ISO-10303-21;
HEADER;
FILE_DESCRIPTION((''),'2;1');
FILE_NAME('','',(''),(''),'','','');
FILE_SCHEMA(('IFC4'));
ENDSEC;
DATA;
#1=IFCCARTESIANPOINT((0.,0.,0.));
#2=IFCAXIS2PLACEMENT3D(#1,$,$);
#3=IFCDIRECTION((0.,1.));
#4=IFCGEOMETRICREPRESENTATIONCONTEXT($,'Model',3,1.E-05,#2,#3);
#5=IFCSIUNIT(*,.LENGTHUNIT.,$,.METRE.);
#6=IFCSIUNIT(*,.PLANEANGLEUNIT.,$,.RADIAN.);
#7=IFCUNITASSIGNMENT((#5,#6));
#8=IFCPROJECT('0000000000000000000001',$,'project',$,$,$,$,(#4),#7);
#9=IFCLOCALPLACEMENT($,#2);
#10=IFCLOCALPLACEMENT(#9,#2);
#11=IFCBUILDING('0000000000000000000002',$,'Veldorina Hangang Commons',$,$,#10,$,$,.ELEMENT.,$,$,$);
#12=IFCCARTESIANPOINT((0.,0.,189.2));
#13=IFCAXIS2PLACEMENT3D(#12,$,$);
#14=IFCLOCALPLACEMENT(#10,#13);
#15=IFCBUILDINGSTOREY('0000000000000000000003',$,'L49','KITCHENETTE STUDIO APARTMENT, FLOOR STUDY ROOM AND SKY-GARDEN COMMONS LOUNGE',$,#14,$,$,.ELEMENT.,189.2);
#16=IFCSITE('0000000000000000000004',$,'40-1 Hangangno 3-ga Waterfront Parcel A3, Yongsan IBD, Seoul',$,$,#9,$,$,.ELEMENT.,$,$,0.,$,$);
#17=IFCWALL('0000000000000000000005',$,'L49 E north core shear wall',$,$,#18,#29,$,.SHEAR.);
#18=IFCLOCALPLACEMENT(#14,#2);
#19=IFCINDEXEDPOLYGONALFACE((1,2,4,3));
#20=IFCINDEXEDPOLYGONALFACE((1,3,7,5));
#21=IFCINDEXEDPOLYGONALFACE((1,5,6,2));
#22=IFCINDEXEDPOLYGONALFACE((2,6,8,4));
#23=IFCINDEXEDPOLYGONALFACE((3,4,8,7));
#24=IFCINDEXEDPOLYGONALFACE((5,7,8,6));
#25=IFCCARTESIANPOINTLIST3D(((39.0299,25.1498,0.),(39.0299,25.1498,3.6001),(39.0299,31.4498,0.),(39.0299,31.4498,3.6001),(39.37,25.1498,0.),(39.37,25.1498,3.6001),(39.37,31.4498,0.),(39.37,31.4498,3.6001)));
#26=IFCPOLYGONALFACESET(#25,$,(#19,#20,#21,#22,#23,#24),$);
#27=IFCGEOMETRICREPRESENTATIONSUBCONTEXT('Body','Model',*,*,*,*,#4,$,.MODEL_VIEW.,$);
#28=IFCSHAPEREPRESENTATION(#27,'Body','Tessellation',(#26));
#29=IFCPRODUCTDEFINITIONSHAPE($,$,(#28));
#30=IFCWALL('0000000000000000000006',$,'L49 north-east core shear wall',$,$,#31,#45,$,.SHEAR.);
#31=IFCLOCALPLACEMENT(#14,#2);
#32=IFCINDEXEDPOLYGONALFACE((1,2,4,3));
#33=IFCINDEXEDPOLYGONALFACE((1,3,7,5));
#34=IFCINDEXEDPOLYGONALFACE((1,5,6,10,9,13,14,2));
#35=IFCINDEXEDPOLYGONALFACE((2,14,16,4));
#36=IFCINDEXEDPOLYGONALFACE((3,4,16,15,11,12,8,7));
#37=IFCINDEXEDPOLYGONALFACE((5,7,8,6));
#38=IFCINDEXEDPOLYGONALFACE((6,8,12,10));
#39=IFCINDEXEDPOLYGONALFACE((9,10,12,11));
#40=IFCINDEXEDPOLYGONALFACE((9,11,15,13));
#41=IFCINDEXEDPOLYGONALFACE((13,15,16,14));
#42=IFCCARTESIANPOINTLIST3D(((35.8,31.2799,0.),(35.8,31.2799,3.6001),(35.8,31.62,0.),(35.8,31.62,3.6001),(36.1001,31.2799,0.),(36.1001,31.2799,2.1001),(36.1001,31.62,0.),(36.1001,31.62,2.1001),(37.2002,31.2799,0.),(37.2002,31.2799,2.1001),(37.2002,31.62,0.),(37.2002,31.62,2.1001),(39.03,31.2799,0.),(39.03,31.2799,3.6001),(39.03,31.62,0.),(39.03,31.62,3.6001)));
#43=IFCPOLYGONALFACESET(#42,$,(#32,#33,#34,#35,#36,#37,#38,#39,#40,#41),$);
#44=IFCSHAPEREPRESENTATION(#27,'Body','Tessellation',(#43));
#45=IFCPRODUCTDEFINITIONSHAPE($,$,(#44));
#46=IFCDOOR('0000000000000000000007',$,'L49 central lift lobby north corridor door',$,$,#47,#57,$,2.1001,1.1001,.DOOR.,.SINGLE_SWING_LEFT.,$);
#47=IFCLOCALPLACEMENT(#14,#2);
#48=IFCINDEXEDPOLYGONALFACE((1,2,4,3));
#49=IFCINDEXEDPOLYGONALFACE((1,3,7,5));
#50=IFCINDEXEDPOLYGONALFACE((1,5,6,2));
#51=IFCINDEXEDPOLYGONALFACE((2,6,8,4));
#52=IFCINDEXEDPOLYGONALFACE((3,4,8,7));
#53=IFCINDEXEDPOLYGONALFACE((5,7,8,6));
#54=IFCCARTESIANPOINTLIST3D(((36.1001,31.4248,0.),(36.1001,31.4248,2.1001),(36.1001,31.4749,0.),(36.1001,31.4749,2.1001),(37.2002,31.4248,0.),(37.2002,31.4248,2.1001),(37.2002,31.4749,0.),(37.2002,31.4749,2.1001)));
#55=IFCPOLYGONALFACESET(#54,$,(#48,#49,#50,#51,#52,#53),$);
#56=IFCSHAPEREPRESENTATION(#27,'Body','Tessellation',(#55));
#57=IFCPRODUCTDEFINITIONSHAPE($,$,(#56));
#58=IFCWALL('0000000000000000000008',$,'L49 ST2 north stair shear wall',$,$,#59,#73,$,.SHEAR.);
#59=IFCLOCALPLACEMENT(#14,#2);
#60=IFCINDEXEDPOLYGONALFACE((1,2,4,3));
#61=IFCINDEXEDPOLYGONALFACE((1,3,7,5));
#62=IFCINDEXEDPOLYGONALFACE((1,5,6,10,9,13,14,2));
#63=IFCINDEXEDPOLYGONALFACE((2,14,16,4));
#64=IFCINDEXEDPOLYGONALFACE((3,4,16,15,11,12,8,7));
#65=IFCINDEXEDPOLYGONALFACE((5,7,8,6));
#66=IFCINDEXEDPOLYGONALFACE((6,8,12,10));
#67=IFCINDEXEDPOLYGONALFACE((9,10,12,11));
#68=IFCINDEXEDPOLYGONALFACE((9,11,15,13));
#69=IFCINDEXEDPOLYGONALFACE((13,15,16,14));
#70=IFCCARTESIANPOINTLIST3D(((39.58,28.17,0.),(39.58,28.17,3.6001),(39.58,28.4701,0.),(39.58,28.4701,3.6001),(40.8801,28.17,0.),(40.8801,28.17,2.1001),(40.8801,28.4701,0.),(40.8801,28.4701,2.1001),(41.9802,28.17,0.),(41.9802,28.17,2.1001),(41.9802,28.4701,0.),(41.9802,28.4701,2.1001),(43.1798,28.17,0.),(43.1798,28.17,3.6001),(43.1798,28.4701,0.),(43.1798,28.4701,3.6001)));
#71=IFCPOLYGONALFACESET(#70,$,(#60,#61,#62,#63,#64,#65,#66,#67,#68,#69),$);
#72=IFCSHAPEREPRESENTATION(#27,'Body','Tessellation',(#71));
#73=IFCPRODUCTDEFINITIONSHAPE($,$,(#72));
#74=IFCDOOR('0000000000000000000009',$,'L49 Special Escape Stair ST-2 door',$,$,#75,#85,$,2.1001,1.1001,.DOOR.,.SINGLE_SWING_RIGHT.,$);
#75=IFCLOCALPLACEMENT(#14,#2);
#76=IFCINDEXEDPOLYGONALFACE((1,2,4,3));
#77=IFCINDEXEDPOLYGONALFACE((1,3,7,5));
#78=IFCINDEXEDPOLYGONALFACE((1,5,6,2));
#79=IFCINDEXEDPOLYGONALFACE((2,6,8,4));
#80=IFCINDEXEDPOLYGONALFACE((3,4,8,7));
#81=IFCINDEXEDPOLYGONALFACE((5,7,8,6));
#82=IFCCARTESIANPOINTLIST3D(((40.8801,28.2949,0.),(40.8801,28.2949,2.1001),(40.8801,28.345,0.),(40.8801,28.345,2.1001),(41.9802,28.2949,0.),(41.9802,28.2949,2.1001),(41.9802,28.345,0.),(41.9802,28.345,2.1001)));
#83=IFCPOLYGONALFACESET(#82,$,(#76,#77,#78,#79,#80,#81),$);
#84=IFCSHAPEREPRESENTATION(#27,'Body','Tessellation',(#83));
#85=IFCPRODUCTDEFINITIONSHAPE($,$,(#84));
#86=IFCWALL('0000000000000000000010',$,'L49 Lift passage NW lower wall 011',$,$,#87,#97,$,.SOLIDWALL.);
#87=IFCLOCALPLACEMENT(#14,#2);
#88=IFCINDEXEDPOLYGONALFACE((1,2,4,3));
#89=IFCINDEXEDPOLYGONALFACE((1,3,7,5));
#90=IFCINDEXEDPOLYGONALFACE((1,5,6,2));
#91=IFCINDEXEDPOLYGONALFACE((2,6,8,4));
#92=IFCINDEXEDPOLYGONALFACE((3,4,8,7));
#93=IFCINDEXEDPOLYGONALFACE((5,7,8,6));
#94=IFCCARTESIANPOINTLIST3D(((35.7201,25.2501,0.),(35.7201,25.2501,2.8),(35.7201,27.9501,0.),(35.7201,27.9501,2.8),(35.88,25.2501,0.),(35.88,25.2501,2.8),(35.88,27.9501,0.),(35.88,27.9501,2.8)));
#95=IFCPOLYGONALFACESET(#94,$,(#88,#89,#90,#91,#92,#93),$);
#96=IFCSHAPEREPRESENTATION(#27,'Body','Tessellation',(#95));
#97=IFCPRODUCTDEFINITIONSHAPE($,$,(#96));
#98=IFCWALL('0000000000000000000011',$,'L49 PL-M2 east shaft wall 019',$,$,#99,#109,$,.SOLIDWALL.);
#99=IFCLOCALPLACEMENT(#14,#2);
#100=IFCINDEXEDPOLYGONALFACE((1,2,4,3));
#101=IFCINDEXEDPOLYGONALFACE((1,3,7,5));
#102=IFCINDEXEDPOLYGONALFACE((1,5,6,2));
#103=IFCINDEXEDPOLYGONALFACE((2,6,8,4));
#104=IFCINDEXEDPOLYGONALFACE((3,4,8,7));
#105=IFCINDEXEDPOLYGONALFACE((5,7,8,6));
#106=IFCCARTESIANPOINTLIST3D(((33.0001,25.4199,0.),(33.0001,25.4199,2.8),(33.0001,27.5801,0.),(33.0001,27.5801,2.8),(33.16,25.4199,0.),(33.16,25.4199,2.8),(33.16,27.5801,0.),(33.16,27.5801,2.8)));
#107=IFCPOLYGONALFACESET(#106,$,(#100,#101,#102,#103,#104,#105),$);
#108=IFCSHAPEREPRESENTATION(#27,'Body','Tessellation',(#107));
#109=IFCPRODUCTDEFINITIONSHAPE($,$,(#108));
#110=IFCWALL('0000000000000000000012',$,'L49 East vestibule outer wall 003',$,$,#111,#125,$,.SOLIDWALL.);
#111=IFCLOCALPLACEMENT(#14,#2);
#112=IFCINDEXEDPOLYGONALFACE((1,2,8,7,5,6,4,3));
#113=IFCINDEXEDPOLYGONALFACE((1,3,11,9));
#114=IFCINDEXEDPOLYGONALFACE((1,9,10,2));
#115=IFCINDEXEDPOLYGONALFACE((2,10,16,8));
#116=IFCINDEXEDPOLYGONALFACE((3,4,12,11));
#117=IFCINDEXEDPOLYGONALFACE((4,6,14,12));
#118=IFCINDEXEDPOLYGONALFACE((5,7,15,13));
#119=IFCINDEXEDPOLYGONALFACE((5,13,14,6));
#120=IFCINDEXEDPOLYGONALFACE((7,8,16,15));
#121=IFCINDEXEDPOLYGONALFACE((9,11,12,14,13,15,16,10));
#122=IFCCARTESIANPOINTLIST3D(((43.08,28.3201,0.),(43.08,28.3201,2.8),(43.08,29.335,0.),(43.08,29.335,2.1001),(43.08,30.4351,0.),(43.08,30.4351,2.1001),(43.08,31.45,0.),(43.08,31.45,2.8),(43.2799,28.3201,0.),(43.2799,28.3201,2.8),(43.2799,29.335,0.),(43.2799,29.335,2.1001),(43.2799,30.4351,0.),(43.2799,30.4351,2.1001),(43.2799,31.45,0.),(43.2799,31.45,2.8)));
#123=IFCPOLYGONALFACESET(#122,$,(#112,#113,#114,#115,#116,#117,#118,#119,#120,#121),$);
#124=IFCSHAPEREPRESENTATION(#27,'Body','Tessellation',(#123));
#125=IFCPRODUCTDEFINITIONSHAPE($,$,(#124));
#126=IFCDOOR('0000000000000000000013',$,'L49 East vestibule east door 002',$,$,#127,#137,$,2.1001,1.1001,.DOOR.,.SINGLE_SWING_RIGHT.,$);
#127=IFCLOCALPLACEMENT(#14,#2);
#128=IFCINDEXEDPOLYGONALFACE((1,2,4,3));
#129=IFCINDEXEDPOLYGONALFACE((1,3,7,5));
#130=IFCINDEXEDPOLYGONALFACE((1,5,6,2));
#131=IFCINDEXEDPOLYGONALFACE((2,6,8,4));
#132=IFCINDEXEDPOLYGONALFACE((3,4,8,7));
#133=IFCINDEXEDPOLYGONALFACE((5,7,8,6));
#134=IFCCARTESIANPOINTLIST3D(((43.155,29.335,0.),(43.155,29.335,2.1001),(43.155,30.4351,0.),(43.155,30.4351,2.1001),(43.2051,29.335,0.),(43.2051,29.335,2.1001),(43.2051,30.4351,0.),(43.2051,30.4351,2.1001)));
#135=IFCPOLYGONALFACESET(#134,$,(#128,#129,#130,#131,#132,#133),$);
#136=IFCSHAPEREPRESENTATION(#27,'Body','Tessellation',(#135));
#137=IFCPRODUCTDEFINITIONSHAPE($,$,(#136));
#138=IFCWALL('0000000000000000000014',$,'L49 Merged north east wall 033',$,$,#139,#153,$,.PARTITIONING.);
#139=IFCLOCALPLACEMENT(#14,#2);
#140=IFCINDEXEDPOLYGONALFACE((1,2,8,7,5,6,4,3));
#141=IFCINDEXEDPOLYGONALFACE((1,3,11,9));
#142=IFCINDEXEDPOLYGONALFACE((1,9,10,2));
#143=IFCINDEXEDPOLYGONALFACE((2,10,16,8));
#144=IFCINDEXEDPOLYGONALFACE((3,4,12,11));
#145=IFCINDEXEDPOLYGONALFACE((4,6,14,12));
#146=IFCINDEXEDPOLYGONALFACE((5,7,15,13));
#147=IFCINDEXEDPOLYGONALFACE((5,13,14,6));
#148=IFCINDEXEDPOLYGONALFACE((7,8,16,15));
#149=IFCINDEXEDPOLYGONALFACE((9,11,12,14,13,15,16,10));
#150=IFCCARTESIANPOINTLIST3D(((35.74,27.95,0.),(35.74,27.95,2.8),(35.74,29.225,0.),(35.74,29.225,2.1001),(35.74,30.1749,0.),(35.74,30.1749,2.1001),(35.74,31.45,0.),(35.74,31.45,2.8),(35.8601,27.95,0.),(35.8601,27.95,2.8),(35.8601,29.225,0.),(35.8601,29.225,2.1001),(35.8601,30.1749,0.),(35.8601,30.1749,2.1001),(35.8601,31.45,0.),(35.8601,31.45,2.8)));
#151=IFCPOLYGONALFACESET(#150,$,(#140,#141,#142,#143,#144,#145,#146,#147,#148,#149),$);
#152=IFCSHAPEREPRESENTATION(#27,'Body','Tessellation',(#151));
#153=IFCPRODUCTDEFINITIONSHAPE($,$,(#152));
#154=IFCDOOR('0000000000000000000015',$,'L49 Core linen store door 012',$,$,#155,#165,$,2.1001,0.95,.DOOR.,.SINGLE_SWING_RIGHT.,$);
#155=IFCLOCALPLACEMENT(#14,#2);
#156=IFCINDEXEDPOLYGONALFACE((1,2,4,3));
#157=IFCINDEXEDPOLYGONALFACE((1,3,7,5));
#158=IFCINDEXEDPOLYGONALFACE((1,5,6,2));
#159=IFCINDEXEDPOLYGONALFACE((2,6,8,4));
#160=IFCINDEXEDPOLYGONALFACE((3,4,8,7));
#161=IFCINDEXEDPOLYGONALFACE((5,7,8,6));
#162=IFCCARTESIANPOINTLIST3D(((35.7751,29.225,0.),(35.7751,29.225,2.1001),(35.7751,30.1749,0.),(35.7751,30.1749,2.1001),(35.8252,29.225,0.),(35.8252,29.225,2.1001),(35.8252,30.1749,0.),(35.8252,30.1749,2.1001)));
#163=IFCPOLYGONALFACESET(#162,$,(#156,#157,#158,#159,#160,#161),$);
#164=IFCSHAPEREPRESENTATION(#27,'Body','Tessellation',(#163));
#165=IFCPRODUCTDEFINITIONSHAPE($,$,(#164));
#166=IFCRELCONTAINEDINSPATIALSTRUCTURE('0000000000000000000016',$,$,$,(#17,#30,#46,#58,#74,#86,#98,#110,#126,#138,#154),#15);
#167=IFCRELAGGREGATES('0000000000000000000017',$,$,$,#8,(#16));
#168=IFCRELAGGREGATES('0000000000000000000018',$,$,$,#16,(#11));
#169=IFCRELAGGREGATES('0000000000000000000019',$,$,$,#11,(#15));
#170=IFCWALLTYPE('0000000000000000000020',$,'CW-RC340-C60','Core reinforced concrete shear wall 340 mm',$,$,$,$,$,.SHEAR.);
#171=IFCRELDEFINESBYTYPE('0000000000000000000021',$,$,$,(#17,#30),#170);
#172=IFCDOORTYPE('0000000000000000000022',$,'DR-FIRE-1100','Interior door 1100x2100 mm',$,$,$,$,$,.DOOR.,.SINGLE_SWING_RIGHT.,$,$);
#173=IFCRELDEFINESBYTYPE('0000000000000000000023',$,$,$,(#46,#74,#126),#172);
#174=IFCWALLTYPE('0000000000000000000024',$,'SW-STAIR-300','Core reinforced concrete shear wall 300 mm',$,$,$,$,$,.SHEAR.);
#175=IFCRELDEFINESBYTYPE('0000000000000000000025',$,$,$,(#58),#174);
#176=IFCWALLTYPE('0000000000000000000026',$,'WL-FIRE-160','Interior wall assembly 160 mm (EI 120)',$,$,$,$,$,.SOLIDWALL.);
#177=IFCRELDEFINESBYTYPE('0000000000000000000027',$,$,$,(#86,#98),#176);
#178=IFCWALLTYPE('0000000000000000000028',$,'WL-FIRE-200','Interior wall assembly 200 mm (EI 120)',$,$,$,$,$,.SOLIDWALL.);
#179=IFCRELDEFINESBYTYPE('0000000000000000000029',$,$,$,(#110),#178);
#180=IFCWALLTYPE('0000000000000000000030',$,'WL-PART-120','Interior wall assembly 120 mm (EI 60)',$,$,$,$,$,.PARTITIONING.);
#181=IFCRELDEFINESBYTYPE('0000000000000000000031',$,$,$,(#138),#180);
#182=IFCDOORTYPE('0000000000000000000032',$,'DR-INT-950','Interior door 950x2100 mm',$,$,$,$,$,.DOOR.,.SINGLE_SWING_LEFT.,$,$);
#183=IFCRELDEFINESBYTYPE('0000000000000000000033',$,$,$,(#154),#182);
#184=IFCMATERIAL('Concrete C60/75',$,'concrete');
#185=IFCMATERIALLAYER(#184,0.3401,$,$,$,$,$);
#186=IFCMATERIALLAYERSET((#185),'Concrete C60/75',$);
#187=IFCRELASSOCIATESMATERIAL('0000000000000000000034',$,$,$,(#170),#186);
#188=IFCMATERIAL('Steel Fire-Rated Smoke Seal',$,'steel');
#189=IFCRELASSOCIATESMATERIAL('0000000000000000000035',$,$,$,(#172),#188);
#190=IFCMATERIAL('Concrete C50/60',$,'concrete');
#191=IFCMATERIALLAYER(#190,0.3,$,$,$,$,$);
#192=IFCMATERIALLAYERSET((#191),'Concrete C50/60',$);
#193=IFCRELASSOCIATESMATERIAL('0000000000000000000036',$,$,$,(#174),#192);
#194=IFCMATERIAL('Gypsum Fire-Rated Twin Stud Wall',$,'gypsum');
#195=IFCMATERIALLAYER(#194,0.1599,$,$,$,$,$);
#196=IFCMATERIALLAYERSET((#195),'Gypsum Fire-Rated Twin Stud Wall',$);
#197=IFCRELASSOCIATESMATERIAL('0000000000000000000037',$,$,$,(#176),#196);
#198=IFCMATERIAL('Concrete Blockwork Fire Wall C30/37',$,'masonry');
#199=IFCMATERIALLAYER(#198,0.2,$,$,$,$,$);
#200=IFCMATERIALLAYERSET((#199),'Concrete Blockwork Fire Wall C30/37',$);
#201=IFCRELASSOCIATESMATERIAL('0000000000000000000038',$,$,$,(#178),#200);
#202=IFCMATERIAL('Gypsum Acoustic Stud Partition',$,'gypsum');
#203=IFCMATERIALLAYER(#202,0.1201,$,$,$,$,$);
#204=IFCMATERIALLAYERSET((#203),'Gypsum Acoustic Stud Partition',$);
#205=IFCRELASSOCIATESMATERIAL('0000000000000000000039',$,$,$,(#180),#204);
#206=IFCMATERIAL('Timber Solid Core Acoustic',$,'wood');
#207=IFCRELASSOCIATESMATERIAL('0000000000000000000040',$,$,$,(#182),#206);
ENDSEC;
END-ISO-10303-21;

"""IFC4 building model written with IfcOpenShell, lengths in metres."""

from ifc_helpers import new_model, si_unit, direction, frame, frame_2d, origin, place, context, subcontext, project, spatial, rectangle, extrude, material, layer, layer_set, type_object, element, fill, save


model = new_model("IFC4")

# Units and contexts
model_context = context("Model", 3, precision=1e-05, world=origin(), true_north=direction((0.0, 1.0)))
body_context = subcontext(model_context, "Body", "Model", "MODEL_VIEW")
ifc_project = project(units=[si_unit("LENGTHUNIT", "METRE"), si_unit("PLANEANGLEUNIT", "RADIAN")], contexts=[model_context])

# Site, building, storey
site_placement = place(None, origin())
site = spatial("IfcSite", under=ifc_project, at=site_placement, Name="40-1 Hangangno 3-ga Waterfront Parcel A3, Yongsan IBD, Seoul", CompositionType="ELEMENT", RefElevation=0.0)
building_placement = place(site_placement, origin())
building = spatial("IfcBuilding", under=site, at=building_placement, Name="Veldorina Hangang Commons", CompositionType="ELEMENT")
storey_placement = place(building_placement, frame((0.0, 0.0, 189.2)))
storey = spatial("IfcBuildingStorey", under=building, at=storey_placement, Name="L49", Description="KITCHENETTE STUDIO APARTMENT, FLOOR STUDY ROOM AND SKY-GARDEN COMMONS LOUNGE", CompositionType="ELEMENT", Elevation=189.2)

# Wall
ifc_material_1 = material(Name="Concrete C60/75", Category="concrete")
ifc_layer_1 = layer(ifc_material_1, 0.3401)
ifc_layer_set_1 = layer_set([ifc_layer_1], Name="Concrete C60/75")
wall_type_1 = type_object("IfcWallType", Name="CW-RC340-C60", Description="Core reinforced concrete shear wall 340 mm", PredefinedType="SHEAR", material=ifc_layer_set_1)
wall_1_placement = place(storey_placement, frame((39.2, 25.1499, 0.0), z_axis=(0.0, 0.0, 1.0), x_axis=(0.0, 1.0, 0.0)))
element("IfcWall", 1, at=wall_1_placement, inside=storey, type_object=wall_type_1, Name="L49 E north core shear wall", PredefinedType="SHEAR", context=body_context, shape_type="SweptSolid", body=[
    extrude(rectangle(XDim=6.3, YDim=0.3401, at=frame_2d((3.1499, 0.0))), origin(), (0.0, 0.0, 1.0), 3.6001),
])

# Walls, openings, doors
wall_2_placement = place(storey_placement, frame((35.8, 31.45, 0.0), z_axis=(0.0, 0.0, 1.0), x_axis=(1.0, 0.0, 0.0)))
wall_2 = element("IfcWall", 2, at=wall_2_placement, inside=storey, type_object=wall_type_1, Name="L49 north-east core shear wall", PredefinedType="SHEAR", context=body_context, shape_type="SweptSolid", body=[
    extrude(rectangle(XDim=3.23, YDim=0.3401, at=frame_2d((1.615, 0.0))), origin(), (0.0, 0.0, 1.0), 3.6001),
])
opening_1_placement = place(wall_2_placement, frame((0.3, 0.0, 0.0)))
opening_1 = element("IfcOpeningElement", 3, at=opening_1_placement, cuts=wall_2, PredefinedType="OPENING", context=body_context, shape_type="SweptSolid", body=[
    extrude(rectangle(XDim=1.1001, YDim=2.1001, at=frame_2d((0.55, 1.05))), frame((0.0, 0.1802, 0.0), z_axis=(0.0, -1.0, 0.0), x_axis=(1.0, 0.0, 0.0)), (0.0, 0.0, 1.0), 0.3601),
])
ifc_material_2 = material(Name="Steel Fire-Rated Smoke Seal", Category="steel")
door_type_1 = type_object("IfcDoorType", Name="DR-FIRE-1100", Description="Interior door 1100x2100 mm", OperationType="SINGLE_SWING_RIGHT", PredefinedType="DOOR", material=ifc_material_2)
door_1_placement = place(opening_1_placement, origin())
door_1 = element("IfcDoor", 4, at=door_1_placement, inside=storey, type_object=door_type_1, Name="L49 central lift lobby north corridor door", OperationType="SINGLE_SWING_LEFT", OverallHeight=2.1001, OverallWidth=1.1001, PredefinedType="DOOR", context=body_context, shape_type="SweptSolid", body=[
    extrude(rectangle(XDim=1.1001, YDim=2.1001, at=frame_2d((0.55, 1.05))), frame((0.0, 0.0249, 0.0), z_axis=(0.0, -1.0, 0.0), x_axis=(1.0, 0.0, 0.0)), (0.0, 0.0, 1.0), 0.05),
])
fill(opening_1, door_1)
ifc_material_3 = material(Name="Concrete C50/60", Category="concrete")
ifc_layer_2 = layer(ifc_material_3, 0.3)
ifc_layer_set_2 = layer_set([ifc_layer_2], Name="Concrete C50/60")
wall_type_2 = type_object("IfcWallType", Name="SW-STAIR-300", Description="Core reinforced concrete shear wall 300 mm", PredefinedType="SHEAR", material=ifc_layer_set_2)
wall_3_placement = place(storey_placement, frame((39.5801, 28.3201, 0.0), z_axis=(0.0, 0.0, 1.0), x_axis=(1.0, 0.0, 0.0)))
wall_3 = element("IfcWall", 5, at=wall_3_placement, inside=storey, type_object=wall_type_2, Name="L49 ST2 north stair shear wall", PredefinedType="SHEAR", context=body_context, shape_type="SweptSolid", body=[
    extrude(rectangle(XDim=3.5999, YDim=0.3, at=frame_2d((1.7998, 0.0))), origin(), (0.0, 0.0, 1.0), 3.6001),
])
opening_2_placement = place(wall_3_placement, frame((1.3, 0.0, 0.0)))
opening_2 = element("IfcOpeningElement", 6, at=opening_2_placement, cuts=wall_3, PredefinedType="OPENING", context=body_context, shape_type="SweptSolid", body=[
    extrude(rectangle(XDim=1.1001, YDim=2.1001, at=frame_2d((0.55, 1.05))), frame((0.0, 0.1602, 0.0), z_axis=(0.0, -1.0, 0.0), x_axis=(1.0, 0.0, 0.0)), (0.0, 0.0, 1.0), 0.3201),
])
door_2_placement = place(opening_2_placement, origin())
door_2 = element("IfcDoor", 7, at=door_2_placement, inside=storey, type_object=door_type_1, Name="L49 Special Escape Stair ST-2 door", OperationType="SINGLE_SWING_RIGHT", OverallHeight=2.1001, OverallWidth=1.1001, PredefinedType="DOOR", context=body_context, shape_type="SweptSolid", body=[
    extrude(rectangle(XDim=1.1001, YDim=2.1001, at=frame_2d((0.55, 1.05))), frame((0.0, 0.0249, 0.0), z_axis=(0.0, -1.0, 0.0), x_axis=(1.0, 0.0, 0.0)), (0.0, 0.0, 1.0), 0.05),
])
fill(opening_2, door_2)

# Walls
ifc_material_4 = material(Name="Gypsum Fire-Rated Twin Stud Wall", Category="gypsum")
ifc_layer_3 = layer(ifc_material_4, 0.1599)
ifc_layer_set_3 = layer_set([ifc_layer_3], Name="Gypsum Fire-Rated Twin Stud Wall")
wall_type_3 = type_object("IfcWallType", Name="WL-FIRE-160", Description="Interior wall assembly 160 mm (EI 120)", PredefinedType="SOLIDWALL", material=ifc_layer_set_3)
wall_4_placement = place(storey_placement, frame((35.8, 25.25, 0.0), z_axis=(0.0, 0.0, 1.0), x_axis=(0.0, 1.0, 0.0)))
element("IfcWall", 8, at=wall_4_placement, inside=storey, type_object=wall_type_3, Name="L49 Lift passage NW lower wall 011", PredefinedType="SOLIDWALL", context=body_context, shape_type="SweptSolid", body=[
    extrude(rectangle(XDim=2.7, YDim=0.1599, at=frame_2d((1.3501, 0.0))), origin(), (0.0, 0.0, 1.0), 2.8),
])
wall_5_placement = place(storey_placement, frame((33.0801, 25.4199, 0.0), z_axis=(0.0, 0.0, 1.0), x_axis=(0.0, 1.0, 0.0)))
element("IfcWall", 9, at=wall_5_placement, inside=storey, type_object=wall_type_3, Name="L49 PL-M2 east shaft wall 019", PredefinedType="SOLIDWALL", context=body_context, shape_type="SweptSolid", body=[
    extrude(rectangle(XDim=2.1602, YDim=0.1599, at=frame_2d((1.0801, 0.0))), origin(), (0.0, 0.0, 1.0), 2.8),
])

# Walls, openings, doors
ifc_material_5 = material(Name="Concrete Blockwork Fire Wall C30/37", Category="masonry")
ifc_layer_4 = layer(ifc_material_5, 0.2)
ifc_layer_set_4 = layer_set([ifc_layer_4], Name="Concrete Blockwork Fire Wall C30/37")
wall_type_4 = type_object("IfcWallType", Name="WL-FIRE-200", Description="Interior wall assembly 200 mm (EI 120)", PredefinedType="SOLIDWALL", material=ifc_layer_set_4)
wall_6_placement = place(storey_placement, frame((43.1799, 28.3201, 0.0), z_axis=(0.0, 0.0, 1.0), x_axis=(0.0, 1.0, 0.0)))
wall_6 = element("IfcWall", 10, at=wall_6_placement, inside=storey, type_object=wall_type_4, Name="L49 East vestibule outer wall 003", PredefinedType="SOLIDWALL", context=body_context, shape_type="SweptSolid", body=[
    extrude(rectangle(XDim=3.1299, YDim=0.2, at=frame_2d((1.5649, 0.0))), origin(), (0.0, 0.0, 1.0), 2.8),
])
opening_3_placement = place(wall_6_placement, frame((1.0149, 0.0, 0.0)))
opening_3 = element("IfcOpeningElement", 11, at=opening_3_placement, cuts=wall_6, PredefinedType="OPENING", context=body_context, shape_type="SweptSolid", body=[
    extrude(rectangle(XDim=1.1001, YDim=2.1001, at=frame_2d((0.55, 1.05))), frame((0.0, 0.1099, 0.0), z_axis=(0.0, -1.0, 0.0), x_axis=(1.0, 0.0, 0.0)), (0.0, 0.0, 1.0), 0.22),
])
door_3_placement = place(opening_3_placement, origin())
door_3 = element("IfcDoor", 12, at=door_3_placement, inside=storey, type_object=door_type_1, Name="L49 East vestibule east door 002", OperationType="SINGLE_SWING_RIGHT", OverallHeight=2.1001, OverallWidth=1.1001, PredefinedType="DOOR", context=body_context, shape_type="SweptSolid", body=[
    extrude(rectangle(XDim=1.1001, YDim=2.1001, at=frame_2d((0.55, 1.05))), frame((0.0, 0.0249, 0.0), z_axis=(0.0, -1.0, 0.0), x_axis=(1.0, 0.0, 0.0)), (0.0, 0.0, 1.0), 0.05),
])
fill(opening_3, door_3)
ifc_material_6 = material(Name="Gypsum Acoustic Stud Partition", Category="gypsum")
ifc_layer_5 = layer(ifc_material_6, 0.1201)
ifc_layer_set_5 = layer_set([ifc_layer_5], Name="Gypsum Acoustic Stud Partition")
wall_type_5 = type_object("IfcWallType", Name="WL-PART-120", Description="Interior wall assembly 120 mm (EI 60)", PredefinedType="PARTITIONING", material=ifc_layer_set_5)
wall_7_placement = place(storey_placement, frame((35.8, 27.95, 0.0), z_axis=(0.0, 0.0, 1.0), x_axis=(0.0, 1.0, 0.0)))
wall_7 = element("IfcWall", 13, at=wall_7_placement, inside=storey, type_object=wall_type_5, Name="L49 Merged north east wall 033", PredefinedType="PARTITIONING", context=body_context, shape_type="SweptSolid", body=[
    extrude(rectangle(XDim=3.5, YDim=0.1201, at=frame_2d((1.75, 0.0))), origin(), (0.0, 0.0, 1.0), 2.8),
])
opening_4_placement = place(wall_7_placement, frame((1.2749, 0.0, 0.0)))
opening_4 = element("IfcOpeningElement", 14, at=opening_4_placement, cuts=wall_7, PredefinedType="OPENING", context=body_context, shape_type="SweptSolid", body=[
    extrude(rectangle(XDim=0.95, YDim=2.1001, at=frame_2d((0.4751, 1.05))), frame((0.0, 0.0701, 0.0), z_axis=(0.0, -1.0, 0.0), x_axis=(1.0, 0.0, 0.0)), (0.0, 0.0, 1.0), 0.1401),
])
ifc_material_7 = material(Name="Timber Solid Core Acoustic", Category="wood")
door_type_2 = type_object("IfcDoorType", Name="DR-INT-950", Description="Interior door 950x2100 mm", OperationType="SINGLE_SWING_LEFT", PredefinedType="DOOR", material=ifc_material_7)
door_4_placement = place(opening_4_placement, origin())
door_4 = element("IfcDoor", 15, at=door_4_placement, inside=storey, type_object=door_type_2, Name="L49 Core linen store door 012", OperationType="SINGLE_SWING_RIGHT", OverallHeight=2.1001, OverallWidth=0.95, PredefinedType="DOOR", context=body_context, shape_type="SweptSolid", body=[
    extrude(rectangle(XDim=0.95, YDim=2.1001, at=frame_2d((0.4751, 1.05))), frame((0.0, 0.0249, 0.0), z_axis=(0.0, -1.0, 0.0), x_axis=(1.0, 0.0, 0.0)), (0.0, 0.0, 1.0), 0.05),
])
fill(opening_4, door_4)

save(model, "model.ifc")
